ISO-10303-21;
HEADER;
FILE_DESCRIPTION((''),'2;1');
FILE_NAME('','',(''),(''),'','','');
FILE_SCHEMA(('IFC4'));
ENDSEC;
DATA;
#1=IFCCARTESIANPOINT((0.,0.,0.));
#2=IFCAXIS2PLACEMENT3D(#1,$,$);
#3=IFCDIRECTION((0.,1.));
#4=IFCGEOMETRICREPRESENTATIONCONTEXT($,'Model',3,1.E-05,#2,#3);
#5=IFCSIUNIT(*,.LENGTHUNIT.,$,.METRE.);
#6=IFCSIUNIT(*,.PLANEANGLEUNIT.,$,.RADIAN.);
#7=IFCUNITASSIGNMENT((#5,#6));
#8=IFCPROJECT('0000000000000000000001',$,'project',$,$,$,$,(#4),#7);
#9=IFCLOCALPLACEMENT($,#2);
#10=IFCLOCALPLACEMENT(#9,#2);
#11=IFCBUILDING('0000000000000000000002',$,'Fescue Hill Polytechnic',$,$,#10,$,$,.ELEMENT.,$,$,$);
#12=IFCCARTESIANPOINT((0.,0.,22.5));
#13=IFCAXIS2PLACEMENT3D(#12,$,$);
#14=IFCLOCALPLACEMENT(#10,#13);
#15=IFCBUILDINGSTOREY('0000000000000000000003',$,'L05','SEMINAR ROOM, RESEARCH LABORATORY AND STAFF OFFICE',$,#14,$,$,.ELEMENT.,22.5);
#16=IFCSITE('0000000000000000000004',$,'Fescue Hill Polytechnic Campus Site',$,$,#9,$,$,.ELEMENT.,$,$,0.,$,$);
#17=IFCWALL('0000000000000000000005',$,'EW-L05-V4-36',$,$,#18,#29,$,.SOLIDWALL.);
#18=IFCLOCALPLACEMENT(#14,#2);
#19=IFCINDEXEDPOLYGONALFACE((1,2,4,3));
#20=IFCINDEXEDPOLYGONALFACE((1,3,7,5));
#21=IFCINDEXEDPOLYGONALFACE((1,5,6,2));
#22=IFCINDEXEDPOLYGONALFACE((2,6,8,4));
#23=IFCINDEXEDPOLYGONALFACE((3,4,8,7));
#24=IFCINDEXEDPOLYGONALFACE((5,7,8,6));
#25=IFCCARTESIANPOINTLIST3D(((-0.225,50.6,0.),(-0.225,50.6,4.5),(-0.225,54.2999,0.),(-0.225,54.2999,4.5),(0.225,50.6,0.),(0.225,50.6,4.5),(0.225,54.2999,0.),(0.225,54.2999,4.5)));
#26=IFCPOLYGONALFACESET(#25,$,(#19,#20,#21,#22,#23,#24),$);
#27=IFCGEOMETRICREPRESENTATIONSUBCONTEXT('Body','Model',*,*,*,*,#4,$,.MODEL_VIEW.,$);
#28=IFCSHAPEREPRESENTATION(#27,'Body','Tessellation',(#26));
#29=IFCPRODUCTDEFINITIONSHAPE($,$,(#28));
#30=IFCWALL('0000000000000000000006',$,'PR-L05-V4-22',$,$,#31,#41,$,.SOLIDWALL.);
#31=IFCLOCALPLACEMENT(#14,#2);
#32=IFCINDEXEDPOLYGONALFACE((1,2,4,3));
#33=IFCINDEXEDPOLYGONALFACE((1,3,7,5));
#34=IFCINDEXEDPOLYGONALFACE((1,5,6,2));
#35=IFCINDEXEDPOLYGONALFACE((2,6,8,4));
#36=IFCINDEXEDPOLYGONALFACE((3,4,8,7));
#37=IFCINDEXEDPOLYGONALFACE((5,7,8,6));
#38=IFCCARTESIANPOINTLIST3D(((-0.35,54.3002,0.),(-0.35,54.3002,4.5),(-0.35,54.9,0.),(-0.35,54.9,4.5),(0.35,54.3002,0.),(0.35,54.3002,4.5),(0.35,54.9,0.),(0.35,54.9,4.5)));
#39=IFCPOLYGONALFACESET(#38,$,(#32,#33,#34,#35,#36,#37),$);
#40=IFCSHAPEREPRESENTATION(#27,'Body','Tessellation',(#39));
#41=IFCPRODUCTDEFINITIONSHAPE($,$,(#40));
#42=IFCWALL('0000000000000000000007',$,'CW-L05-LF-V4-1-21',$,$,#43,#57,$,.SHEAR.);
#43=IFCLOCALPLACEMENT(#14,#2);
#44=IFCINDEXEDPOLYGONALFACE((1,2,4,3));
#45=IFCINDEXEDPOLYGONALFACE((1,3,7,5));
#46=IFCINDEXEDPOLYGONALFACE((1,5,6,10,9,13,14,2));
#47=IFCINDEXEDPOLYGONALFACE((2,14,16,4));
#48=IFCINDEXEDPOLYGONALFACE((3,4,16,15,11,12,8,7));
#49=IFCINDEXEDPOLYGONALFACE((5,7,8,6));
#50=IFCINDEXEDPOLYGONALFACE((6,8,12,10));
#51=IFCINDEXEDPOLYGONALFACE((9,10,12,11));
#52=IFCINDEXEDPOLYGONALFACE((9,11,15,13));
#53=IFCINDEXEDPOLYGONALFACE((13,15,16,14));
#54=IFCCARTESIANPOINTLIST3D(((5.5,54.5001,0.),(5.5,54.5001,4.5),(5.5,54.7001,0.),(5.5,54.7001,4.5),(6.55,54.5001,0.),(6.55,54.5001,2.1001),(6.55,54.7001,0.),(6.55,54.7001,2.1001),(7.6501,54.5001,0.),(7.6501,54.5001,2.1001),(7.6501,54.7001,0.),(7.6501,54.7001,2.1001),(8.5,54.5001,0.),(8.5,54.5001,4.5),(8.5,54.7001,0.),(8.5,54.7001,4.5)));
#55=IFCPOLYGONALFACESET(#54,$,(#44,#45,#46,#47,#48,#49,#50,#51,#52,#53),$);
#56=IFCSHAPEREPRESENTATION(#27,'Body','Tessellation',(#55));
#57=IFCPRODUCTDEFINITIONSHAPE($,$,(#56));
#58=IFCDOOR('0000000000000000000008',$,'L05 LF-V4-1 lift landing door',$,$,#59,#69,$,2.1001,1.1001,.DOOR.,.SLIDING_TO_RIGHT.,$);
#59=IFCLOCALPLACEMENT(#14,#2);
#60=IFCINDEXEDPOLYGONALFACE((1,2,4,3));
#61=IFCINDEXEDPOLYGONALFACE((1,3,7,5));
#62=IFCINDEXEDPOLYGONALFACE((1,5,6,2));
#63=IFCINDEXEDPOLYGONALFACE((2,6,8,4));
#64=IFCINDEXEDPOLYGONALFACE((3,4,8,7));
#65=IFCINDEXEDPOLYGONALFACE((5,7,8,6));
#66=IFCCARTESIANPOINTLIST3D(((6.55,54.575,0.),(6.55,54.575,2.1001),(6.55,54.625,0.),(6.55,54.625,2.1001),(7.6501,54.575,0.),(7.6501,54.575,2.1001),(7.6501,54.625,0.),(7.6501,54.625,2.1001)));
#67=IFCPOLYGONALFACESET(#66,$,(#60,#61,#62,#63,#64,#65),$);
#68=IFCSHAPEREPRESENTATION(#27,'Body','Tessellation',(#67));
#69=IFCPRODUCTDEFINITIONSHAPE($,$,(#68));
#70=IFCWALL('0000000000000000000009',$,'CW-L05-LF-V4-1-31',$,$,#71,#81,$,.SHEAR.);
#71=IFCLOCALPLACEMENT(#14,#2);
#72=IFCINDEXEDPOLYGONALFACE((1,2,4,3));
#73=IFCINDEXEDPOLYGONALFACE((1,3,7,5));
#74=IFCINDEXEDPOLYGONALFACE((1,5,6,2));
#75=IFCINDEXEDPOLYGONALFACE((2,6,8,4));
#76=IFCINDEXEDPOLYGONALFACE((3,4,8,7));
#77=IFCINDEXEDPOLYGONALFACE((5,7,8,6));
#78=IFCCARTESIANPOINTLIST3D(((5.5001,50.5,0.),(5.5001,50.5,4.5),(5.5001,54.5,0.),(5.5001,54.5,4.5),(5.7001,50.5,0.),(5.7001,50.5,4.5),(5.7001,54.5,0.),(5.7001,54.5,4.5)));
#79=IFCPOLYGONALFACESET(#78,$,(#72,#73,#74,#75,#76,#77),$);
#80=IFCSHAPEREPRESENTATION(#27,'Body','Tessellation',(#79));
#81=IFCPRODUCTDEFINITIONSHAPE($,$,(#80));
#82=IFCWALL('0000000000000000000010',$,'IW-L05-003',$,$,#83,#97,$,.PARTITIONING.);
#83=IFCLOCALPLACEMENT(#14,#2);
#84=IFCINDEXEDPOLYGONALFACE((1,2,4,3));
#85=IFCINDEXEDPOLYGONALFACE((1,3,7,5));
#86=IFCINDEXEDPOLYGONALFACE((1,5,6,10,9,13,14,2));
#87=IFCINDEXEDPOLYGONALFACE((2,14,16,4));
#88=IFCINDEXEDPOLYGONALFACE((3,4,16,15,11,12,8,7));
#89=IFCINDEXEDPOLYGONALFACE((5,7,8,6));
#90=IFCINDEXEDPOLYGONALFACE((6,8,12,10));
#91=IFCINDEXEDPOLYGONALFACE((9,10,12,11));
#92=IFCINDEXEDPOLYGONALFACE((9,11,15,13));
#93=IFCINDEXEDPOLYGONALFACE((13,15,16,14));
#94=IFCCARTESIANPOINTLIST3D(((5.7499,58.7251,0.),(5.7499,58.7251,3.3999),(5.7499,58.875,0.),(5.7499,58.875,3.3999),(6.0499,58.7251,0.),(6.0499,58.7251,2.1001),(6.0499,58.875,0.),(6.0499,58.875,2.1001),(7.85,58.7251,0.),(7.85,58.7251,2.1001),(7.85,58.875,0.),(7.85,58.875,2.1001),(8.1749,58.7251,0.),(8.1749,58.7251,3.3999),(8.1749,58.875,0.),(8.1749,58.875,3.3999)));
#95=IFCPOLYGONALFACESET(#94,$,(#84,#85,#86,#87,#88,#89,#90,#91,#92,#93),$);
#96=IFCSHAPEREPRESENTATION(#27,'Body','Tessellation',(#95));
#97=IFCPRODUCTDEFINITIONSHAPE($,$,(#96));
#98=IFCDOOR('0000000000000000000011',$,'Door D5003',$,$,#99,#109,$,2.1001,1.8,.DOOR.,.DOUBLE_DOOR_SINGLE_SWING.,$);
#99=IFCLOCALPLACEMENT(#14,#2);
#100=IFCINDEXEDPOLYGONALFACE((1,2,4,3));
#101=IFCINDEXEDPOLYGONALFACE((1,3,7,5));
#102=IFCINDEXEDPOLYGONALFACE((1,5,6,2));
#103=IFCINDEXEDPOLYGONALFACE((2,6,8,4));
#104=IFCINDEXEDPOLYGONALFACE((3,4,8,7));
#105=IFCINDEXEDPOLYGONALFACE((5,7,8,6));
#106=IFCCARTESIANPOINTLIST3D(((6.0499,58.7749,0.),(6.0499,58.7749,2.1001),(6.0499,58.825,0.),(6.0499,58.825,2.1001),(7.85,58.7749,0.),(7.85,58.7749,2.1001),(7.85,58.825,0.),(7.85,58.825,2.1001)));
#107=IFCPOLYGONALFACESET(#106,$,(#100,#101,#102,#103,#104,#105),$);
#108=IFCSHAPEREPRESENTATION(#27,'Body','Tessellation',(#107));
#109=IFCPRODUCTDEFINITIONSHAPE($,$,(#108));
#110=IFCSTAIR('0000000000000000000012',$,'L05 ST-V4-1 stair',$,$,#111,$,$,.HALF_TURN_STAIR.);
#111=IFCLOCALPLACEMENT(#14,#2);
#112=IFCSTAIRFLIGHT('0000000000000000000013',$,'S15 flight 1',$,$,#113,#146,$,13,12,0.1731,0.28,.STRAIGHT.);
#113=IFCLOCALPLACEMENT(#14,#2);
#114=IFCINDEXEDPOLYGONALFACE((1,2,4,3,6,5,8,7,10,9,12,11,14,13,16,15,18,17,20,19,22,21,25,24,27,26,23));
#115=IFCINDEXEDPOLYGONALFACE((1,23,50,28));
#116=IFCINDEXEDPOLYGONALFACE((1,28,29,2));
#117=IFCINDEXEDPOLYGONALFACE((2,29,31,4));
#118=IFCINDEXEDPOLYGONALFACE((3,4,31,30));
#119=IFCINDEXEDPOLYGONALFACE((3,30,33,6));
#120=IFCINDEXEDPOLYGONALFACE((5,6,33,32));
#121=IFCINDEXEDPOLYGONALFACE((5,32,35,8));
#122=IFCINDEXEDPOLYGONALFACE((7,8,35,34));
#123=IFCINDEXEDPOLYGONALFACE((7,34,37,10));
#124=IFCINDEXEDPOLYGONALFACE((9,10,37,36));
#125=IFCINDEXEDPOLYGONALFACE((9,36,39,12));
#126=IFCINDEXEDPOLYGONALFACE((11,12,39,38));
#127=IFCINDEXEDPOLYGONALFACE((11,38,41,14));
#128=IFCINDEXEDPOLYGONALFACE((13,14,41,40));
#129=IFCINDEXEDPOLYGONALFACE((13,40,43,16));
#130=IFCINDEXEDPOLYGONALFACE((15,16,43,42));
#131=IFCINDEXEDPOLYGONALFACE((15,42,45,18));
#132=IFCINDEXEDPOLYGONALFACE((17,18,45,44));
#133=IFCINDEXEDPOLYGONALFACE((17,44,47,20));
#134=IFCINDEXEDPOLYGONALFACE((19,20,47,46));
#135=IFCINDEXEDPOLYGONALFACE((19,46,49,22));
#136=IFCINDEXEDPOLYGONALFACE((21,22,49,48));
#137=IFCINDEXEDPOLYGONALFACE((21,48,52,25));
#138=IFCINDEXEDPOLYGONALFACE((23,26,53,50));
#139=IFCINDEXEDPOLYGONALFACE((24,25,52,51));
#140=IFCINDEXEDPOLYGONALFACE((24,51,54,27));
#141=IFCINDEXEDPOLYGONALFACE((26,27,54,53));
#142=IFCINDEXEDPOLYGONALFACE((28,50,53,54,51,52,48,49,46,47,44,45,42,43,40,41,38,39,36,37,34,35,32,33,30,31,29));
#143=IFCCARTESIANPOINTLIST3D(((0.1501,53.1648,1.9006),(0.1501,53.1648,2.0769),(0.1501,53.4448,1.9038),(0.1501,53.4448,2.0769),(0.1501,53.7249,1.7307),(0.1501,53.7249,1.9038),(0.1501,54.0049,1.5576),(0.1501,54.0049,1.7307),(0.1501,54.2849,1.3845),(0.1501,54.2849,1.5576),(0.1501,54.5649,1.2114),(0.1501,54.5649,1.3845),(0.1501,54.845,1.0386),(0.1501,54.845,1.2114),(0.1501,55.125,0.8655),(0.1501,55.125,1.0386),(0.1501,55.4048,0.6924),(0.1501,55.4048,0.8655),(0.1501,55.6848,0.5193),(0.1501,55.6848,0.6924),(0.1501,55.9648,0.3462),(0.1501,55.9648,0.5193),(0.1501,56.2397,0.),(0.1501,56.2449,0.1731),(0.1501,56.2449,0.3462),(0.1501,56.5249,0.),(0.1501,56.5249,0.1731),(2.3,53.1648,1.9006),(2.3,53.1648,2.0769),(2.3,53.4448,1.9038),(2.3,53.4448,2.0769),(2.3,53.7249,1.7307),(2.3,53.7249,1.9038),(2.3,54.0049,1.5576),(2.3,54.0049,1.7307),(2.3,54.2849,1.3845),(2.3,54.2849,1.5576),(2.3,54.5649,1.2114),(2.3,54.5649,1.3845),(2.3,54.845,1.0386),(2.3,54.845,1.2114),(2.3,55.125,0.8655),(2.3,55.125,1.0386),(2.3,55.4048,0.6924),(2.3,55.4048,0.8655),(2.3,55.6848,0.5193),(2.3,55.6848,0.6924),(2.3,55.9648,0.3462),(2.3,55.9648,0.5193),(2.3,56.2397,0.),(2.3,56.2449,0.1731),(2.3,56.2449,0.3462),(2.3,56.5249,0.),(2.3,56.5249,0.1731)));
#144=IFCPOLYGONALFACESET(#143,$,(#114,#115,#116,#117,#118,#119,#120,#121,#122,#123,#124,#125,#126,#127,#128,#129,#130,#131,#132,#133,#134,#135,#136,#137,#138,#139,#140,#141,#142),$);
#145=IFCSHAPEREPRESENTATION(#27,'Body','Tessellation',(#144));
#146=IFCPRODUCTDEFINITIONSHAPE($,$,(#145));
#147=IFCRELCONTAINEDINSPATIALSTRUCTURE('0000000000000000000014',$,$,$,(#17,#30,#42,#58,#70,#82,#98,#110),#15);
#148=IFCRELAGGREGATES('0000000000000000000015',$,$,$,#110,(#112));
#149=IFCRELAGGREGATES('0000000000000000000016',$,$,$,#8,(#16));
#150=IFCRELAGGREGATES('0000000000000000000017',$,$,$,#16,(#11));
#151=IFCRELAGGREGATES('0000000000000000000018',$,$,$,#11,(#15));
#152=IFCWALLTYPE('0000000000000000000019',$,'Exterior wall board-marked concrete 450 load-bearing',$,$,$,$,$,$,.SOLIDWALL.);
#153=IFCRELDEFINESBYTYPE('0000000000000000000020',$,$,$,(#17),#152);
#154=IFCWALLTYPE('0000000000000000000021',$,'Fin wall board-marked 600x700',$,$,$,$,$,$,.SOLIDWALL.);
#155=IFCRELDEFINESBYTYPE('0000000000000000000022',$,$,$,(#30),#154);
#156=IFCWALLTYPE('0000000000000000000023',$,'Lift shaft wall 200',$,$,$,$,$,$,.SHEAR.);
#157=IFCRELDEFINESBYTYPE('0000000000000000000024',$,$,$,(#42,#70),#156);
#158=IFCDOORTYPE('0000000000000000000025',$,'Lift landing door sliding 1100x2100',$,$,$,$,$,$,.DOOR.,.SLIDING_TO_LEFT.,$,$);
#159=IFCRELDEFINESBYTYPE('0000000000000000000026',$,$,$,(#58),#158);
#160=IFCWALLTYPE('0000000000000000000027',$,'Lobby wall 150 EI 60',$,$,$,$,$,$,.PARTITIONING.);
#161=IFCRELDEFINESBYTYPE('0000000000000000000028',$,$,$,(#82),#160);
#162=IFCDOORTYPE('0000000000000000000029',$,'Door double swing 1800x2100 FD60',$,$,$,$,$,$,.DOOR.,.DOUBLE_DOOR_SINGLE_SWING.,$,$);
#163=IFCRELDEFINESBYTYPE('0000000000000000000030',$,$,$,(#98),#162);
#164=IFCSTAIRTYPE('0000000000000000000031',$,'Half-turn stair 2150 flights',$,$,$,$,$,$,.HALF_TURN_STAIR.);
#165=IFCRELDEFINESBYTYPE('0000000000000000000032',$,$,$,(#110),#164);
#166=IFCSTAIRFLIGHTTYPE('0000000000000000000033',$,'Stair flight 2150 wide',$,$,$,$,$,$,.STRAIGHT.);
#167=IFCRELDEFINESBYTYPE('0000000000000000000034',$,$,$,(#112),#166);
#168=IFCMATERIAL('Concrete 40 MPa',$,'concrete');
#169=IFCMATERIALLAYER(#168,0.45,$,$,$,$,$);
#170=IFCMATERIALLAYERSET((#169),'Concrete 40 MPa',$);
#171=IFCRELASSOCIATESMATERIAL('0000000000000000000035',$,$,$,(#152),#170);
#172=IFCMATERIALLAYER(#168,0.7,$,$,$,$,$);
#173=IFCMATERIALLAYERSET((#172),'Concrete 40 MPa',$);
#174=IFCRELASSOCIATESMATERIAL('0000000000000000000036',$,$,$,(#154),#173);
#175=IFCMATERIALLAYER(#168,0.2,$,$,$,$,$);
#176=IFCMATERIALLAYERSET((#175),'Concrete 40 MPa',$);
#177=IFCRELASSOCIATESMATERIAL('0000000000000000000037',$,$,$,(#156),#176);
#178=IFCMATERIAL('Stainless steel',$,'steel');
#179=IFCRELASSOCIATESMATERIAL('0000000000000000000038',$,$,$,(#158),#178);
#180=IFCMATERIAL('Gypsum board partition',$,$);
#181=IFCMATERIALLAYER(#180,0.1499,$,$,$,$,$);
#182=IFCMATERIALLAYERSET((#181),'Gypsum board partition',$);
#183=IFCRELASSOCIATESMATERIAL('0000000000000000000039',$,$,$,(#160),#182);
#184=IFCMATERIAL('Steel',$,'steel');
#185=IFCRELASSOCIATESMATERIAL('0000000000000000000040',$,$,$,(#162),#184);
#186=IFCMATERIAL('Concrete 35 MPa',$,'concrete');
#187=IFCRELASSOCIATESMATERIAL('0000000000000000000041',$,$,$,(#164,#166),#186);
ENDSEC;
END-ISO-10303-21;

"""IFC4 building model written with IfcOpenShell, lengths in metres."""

from ifc_helpers import new_model, si_unit, direction, frame, frame_2d, origin, place, context, subcontext, project, spatial, polyline, rectangle, outline, extrude, material, layer, layer_set, type_object, element, fill, aggregate, save


model = new_model("IFC4")

# Units and contexts
model_context = context("Model", 3, precision=1e-05, world=origin(), true_north=direction((0.0, 1.0)))
body_context = subcontext(model_context, "Body", "Model", "MODEL_VIEW")
ifc_project = project(units=[si_unit("LENGTHUNIT", "METRE"), si_unit("PLANEANGLEUNIT", "RADIAN")], contexts=[model_context])

# Site, building, storey
site_placement = place(None, origin())
site = spatial("IfcSite", under=ifc_project, at=site_placement, Name="Fescue Hill Polytechnic Campus Site", CompositionType="ELEMENT", RefElevation=0.0)
building_placement = place(site_placement, origin())
building = spatial("IfcBuilding", under=site, at=building_placement, Name="Fescue Hill Polytechnic", CompositionType="ELEMENT")
storey_placement = place(building_placement, frame((0.0, 0.0, 22.5)))
storey = spatial("IfcBuildingStorey", under=building, at=storey_placement, Name="L05", Description="SEMINAR ROOM, RESEARCH LABORATORY AND STAFF OFFICE", CompositionType="ELEMENT", Elevation=22.5)

# Shared definitions
ifc_material_1 = material(Name="Concrete 40 MPa", Category="concrete")

# Shared definitions
ifc_material_2 = material(Name="Concrete 35 MPa", Category="concrete")

# Walls
ifc_layer_1 = layer(ifc_material_1, 0.45)
ifc_layer_set_1 = layer_set([ifc_layer_1], Name="Concrete 40 MPa")
wall_type_1 = type_object("IfcWallType", Name="Exterior wall board-marked concrete 450 load-bearing", PredefinedType="SOLIDWALL", material=ifc_layer_set_1)
wall_1_placement = place(storey_placement, frame((0.0, 54.3, 0.0), z_axis=(0.0, 0.0, 1.0), x_axis=(0.0, -1.0, 0.0)))
element("IfcWall", 1, at=wall_1_placement, inside=storey, type_object=wall_type_1, Name="EW-L05-V4-36", PredefinedType="SOLIDWALL", context=body_context, shape_type="SweptSolid", body=[
    extrude(rectangle(XDim=3.7, YDim=0.45, at=frame_2d((1.8501, 0.0))), origin(), (0.0, 0.0, 1.0), 4.5),
])
ifc_layer_2 = layer(ifc_material_1, 0.7)
ifc_layer_set_2 = layer_set([ifc_layer_2], Name="Concrete 40 MPa")
wall_type_2 = type_object("IfcWallType", Name="Fin wall board-marked 600x700", PredefinedType="SOLIDWALL", material=ifc_layer_set_2)
wall_2_placement = place(storey_placement, frame((0.0, 54.8999, 0.0), z_axis=(0.0, 0.0, 1.0), x_axis=(0.0, -1.0, 0.0)))
element("IfcWall", 2, at=wall_2_placement, inside=storey, type_object=wall_type_2, Name="PR-L05-V4-22", PredefinedType="SOLIDWALL", context=body_context, shape_type="SweptSolid", body=[
    extrude(rectangle(XDim=0.5999, YDim=0.7, at=frame_2d((0.2998, 0.0))), origin(), (0.0, 0.0, 1.0), 4.5),
])

# Wall, opening, door
ifc_layer_3 = layer(ifc_material_1, 0.2)
ifc_layer_set_3 = layer_set([ifc_layer_3], Name="Concrete 40 MPa")
wall_type_3 = type_object("IfcWallType", Name="Lift shaft wall 200", PredefinedType="SHEAR", material=ifc_layer_set_3)
wall_3_placement = place(storey_placement, frame((5.5, 54.6001, 0.0), z_axis=(0.0, 0.0, 1.0), x_axis=(1.0, 0.0, 0.0)))
wall_3 = element("IfcWall", 3, at=wall_3_placement, inside=storey, type_object=wall_type_3, Name="CW-L05-LF-V4-1-21", PredefinedType="SHEAR", context=body_context, shape_type="SweptSolid", body=[
    extrude(rectangle(XDim=3.0, YDim=0.2, at=frame_2d((1.5, 0.0))), origin(), (0.0, 0.0, 1.0), 4.5),
])
opening_1_placement = place(wall_3_placement, frame((1.05, 0.0, 0.0)))
opening_1 = element("IfcOpeningElement", 4, at=opening_1_placement, cuts=wall_3, PredefinedType="OPENING", context=body_context, shape_type="SweptSolid", body=[
    extrude(rectangle(XDim=1.1001, YDim=2.1001, at=frame_2d((0.55, 1.05))), frame((0.0, 0.1099, 0.0), z_axis=(0.0, -1.0, 0.0), x_axis=(1.0, 0.0, 0.0)), (0.0, 0.0, 1.0), 0.22),
])
ifc_material_3 = material(Name="Stainless steel", Category="steel")
door_type_1 = type_object("IfcDoorType", Name="Lift landing door sliding 1100x2100", OperationType="SLIDING_TO_LEFT", PredefinedType="DOOR", material=ifc_material_3)
door_1_placement = place(opening_1_placement, origin())
door_1 = element("IfcDoor", 5, at=door_1_placement, inside=storey, type_object=door_type_1, Name="L05 LF-V4-1 lift landing door", OperationType="SLIDING_TO_RIGHT", OverallHeight=2.1001, OverallWidth=1.1001, PredefinedType="DOOR", context=body_context, shape_type="SweptSolid", body=[
    extrude(rectangle(XDim=1.1001, YDim=2.1001, at=frame_2d((0.55, 1.05))), frame((0.0, 0.0249, 0.0), z_axis=(0.0, -1.0, 0.0), x_axis=(1.0, 0.0, 0.0)), (0.0, 0.0, 1.0), 0.05),
])
fill(opening_1, door_1)

# Wall
wall_4_placement = place(storey_placement, frame((5.6001, 50.5, 0.0), z_axis=(0.0, 0.0, 1.0), x_axis=(0.0, 1.0, 0.0)))
element("IfcWall", 6, at=wall_4_placement, inside=storey, type_object=wall_type_3, Name="CW-L05-LF-V4-1-31", PredefinedType="SHEAR", context=body_context, shape_type="SweptSolid", body=[
    extrude(rectangle(XDim=4.0, YDim=0.2, at=frame_2d((2.0, 0.0))), origin(), (0.0, 0.0, 1.0), 4.5),
])

# Wall, opening, door
ifc_material_4 = material(Name="Gypsum board partition")
ifc_layer_4 = layer(ifc_material_4, 0.1499)
ifc_layer_set_4 = layer_set([ifc_layer_4], Name="Gypsum board partition")
wall_type_4 = type_object("IfcWallType", Name="Lobby wall 150 EI 60", PredefinedType="PARTITIONING", material=ifc_layer_set_4)
wall_5_placement = place(storey_placement, frame((5.75, 58.8, 0.0), z_axis=(0.0, 0.0, 1.0), x_axis=(1.0, 0.0, 0.0)))
wall_5 = element("IfcWall", 7, at=wall_5_placement, inside=storey, type_object=wall_type_4, Name="IW-L05-003", PredefinedType="PARTITIONING", context=body_context, shape_type="SweptSolid", body=[
    extrude(rectangle(XDim=2.425, YDim=0.1499, at=frame_2d((1.2124, 0.0))), origin(), (0.0, 0.0, 1.0), 3.3999),
])
opening_2_placement = place(wall_5_placement, frame((0.3, 0.0, 0.0)))
opening_2 = element("IfcOpeningElement", 8, at=opening_2_placement, cuts=wall_5, PredefinedType="OPENING", context=body_context, shape_type="SweptSolid", body=[
    extrude(rectangle(XDim=1.8, YDim=2.1001, at=frame_2d((0.8999, 1.05))), frame((0.0, 0.085, 0.0), z_axis=(0.0, -1.0, 0.0), x_axis=(1.0, 0.0, 0.0)), (0.0, 0.0, 1.0), 0.1699),
])
ifc_material_5 = material(Name="Steel", Category="steel")
door_type_2 = type_object("IfcDoorType", Name="Door double swing 1800x2100 FD60", OperationType="DOUBLE_DOOR_SINGLE_SWING", PredefinedType="DOOR", material=ifc_material_5)
door_2_placement = place(opening_2_placement, origin())
door_2 = element("IfcDoor", 9, at=door_2_placement, inside=storey, type_object=door_type_2, Name="Door D5003", OperationType="DOUBLE_DOOR_SINGLE_SWING", OverallHeight=2.1001, OverallWidth=1.8, PredefinedType="DOOR", context=body_context, shape_type="SweptSolid", body=[
    extrude(rectangle(XDim=1.8, YDim=2.1001, at=frame_2d((0.8999, 1.05))), frame((0.0, 0.0249, 0.0), z_axis=(0.0, -1.0, 0.0), x_axis=(1.0, 0.0, 0.0)), (0.0, 0.0, 1.0), 0.05),
])
fill(opening_2, door_2)

# Stair, stair flight
stair_type = type_object("IfcStairType", Name="Half-turn stair 2150 flights", PredefinedType="HALF_TURN_STAIR", material=ifc_material_2)
stair_placement = place(storey_placement, origin())
stair = element("IfcStair", 10, at=stair_placement, inside=storey, type_object=stair_type, Name="L05 ST-V4-1 stair", PredefinedType="HALF_TURN_STAIR")
stair_flight_type = type_object("IfcStairFlightType", Name="Stair flight 2150 wide", PredefinedType="STRAIGHT", material=ifc_material_2)
stair_flight_1_placement = place(storey_placement, frame((1.2251, 56.5249, 0.0), z_axis=(0.0, 0.0, 1.0), x_axis=(0.0, -1.0, 0.0)))
stair_flight_1 = element("IfcStairFlight", 11, at=stair_flight_1_placement, type_object=stair_flight_type, Name="S15 flight 1", NumberOfRisers=13, NumberOfTreads=12, PredefinedType="STRAIGHT", RiserHeight=0.1731, TreadLength=0.28, context=body_context, shape_type="SweptSolid", body=[
    extrude(outline(polyline([(0.0, 0.0), (0.0, 0.1731), (0.28, 0.1731), (0.28, 0.3462), (0.5601, 0.3462), (0.5601, 0.5193), (0.8401, 0.5193), (0.8401, 0.6924), (1.1201, 0.6924), (1.1201, 0.8655), (1.3999, 0.8655), (1.3999, 1.0386), (1.6799, 1.0386), (1.6799, 1.2114), (1.96, 1.2114), (1.96, 1.3845), (2.24, 1.3845), (2.24, 1.5576), (2.52, 1.5576), (2.52, 1.7307), (2.8, 1.7307), (2.8, 1.9038), (3.0801, 1.9038), (3.0801, 2.0769), (3.3601, 2.0769), (3.3601, 2.25), (3.3601, 1.9006), (0.2852, 0.0), (0.0, 0.0)])), frame((0.0, 1.075, 0.0), z_axis=(0.0, -1.0, 0.0), x_axis=(1.0, 0.0, 0.0)), (0.0, 0.0, 1.0), 2.1499),
])
aggregate(stair, [stair_flight_1])

save(model, "model.ifc")
